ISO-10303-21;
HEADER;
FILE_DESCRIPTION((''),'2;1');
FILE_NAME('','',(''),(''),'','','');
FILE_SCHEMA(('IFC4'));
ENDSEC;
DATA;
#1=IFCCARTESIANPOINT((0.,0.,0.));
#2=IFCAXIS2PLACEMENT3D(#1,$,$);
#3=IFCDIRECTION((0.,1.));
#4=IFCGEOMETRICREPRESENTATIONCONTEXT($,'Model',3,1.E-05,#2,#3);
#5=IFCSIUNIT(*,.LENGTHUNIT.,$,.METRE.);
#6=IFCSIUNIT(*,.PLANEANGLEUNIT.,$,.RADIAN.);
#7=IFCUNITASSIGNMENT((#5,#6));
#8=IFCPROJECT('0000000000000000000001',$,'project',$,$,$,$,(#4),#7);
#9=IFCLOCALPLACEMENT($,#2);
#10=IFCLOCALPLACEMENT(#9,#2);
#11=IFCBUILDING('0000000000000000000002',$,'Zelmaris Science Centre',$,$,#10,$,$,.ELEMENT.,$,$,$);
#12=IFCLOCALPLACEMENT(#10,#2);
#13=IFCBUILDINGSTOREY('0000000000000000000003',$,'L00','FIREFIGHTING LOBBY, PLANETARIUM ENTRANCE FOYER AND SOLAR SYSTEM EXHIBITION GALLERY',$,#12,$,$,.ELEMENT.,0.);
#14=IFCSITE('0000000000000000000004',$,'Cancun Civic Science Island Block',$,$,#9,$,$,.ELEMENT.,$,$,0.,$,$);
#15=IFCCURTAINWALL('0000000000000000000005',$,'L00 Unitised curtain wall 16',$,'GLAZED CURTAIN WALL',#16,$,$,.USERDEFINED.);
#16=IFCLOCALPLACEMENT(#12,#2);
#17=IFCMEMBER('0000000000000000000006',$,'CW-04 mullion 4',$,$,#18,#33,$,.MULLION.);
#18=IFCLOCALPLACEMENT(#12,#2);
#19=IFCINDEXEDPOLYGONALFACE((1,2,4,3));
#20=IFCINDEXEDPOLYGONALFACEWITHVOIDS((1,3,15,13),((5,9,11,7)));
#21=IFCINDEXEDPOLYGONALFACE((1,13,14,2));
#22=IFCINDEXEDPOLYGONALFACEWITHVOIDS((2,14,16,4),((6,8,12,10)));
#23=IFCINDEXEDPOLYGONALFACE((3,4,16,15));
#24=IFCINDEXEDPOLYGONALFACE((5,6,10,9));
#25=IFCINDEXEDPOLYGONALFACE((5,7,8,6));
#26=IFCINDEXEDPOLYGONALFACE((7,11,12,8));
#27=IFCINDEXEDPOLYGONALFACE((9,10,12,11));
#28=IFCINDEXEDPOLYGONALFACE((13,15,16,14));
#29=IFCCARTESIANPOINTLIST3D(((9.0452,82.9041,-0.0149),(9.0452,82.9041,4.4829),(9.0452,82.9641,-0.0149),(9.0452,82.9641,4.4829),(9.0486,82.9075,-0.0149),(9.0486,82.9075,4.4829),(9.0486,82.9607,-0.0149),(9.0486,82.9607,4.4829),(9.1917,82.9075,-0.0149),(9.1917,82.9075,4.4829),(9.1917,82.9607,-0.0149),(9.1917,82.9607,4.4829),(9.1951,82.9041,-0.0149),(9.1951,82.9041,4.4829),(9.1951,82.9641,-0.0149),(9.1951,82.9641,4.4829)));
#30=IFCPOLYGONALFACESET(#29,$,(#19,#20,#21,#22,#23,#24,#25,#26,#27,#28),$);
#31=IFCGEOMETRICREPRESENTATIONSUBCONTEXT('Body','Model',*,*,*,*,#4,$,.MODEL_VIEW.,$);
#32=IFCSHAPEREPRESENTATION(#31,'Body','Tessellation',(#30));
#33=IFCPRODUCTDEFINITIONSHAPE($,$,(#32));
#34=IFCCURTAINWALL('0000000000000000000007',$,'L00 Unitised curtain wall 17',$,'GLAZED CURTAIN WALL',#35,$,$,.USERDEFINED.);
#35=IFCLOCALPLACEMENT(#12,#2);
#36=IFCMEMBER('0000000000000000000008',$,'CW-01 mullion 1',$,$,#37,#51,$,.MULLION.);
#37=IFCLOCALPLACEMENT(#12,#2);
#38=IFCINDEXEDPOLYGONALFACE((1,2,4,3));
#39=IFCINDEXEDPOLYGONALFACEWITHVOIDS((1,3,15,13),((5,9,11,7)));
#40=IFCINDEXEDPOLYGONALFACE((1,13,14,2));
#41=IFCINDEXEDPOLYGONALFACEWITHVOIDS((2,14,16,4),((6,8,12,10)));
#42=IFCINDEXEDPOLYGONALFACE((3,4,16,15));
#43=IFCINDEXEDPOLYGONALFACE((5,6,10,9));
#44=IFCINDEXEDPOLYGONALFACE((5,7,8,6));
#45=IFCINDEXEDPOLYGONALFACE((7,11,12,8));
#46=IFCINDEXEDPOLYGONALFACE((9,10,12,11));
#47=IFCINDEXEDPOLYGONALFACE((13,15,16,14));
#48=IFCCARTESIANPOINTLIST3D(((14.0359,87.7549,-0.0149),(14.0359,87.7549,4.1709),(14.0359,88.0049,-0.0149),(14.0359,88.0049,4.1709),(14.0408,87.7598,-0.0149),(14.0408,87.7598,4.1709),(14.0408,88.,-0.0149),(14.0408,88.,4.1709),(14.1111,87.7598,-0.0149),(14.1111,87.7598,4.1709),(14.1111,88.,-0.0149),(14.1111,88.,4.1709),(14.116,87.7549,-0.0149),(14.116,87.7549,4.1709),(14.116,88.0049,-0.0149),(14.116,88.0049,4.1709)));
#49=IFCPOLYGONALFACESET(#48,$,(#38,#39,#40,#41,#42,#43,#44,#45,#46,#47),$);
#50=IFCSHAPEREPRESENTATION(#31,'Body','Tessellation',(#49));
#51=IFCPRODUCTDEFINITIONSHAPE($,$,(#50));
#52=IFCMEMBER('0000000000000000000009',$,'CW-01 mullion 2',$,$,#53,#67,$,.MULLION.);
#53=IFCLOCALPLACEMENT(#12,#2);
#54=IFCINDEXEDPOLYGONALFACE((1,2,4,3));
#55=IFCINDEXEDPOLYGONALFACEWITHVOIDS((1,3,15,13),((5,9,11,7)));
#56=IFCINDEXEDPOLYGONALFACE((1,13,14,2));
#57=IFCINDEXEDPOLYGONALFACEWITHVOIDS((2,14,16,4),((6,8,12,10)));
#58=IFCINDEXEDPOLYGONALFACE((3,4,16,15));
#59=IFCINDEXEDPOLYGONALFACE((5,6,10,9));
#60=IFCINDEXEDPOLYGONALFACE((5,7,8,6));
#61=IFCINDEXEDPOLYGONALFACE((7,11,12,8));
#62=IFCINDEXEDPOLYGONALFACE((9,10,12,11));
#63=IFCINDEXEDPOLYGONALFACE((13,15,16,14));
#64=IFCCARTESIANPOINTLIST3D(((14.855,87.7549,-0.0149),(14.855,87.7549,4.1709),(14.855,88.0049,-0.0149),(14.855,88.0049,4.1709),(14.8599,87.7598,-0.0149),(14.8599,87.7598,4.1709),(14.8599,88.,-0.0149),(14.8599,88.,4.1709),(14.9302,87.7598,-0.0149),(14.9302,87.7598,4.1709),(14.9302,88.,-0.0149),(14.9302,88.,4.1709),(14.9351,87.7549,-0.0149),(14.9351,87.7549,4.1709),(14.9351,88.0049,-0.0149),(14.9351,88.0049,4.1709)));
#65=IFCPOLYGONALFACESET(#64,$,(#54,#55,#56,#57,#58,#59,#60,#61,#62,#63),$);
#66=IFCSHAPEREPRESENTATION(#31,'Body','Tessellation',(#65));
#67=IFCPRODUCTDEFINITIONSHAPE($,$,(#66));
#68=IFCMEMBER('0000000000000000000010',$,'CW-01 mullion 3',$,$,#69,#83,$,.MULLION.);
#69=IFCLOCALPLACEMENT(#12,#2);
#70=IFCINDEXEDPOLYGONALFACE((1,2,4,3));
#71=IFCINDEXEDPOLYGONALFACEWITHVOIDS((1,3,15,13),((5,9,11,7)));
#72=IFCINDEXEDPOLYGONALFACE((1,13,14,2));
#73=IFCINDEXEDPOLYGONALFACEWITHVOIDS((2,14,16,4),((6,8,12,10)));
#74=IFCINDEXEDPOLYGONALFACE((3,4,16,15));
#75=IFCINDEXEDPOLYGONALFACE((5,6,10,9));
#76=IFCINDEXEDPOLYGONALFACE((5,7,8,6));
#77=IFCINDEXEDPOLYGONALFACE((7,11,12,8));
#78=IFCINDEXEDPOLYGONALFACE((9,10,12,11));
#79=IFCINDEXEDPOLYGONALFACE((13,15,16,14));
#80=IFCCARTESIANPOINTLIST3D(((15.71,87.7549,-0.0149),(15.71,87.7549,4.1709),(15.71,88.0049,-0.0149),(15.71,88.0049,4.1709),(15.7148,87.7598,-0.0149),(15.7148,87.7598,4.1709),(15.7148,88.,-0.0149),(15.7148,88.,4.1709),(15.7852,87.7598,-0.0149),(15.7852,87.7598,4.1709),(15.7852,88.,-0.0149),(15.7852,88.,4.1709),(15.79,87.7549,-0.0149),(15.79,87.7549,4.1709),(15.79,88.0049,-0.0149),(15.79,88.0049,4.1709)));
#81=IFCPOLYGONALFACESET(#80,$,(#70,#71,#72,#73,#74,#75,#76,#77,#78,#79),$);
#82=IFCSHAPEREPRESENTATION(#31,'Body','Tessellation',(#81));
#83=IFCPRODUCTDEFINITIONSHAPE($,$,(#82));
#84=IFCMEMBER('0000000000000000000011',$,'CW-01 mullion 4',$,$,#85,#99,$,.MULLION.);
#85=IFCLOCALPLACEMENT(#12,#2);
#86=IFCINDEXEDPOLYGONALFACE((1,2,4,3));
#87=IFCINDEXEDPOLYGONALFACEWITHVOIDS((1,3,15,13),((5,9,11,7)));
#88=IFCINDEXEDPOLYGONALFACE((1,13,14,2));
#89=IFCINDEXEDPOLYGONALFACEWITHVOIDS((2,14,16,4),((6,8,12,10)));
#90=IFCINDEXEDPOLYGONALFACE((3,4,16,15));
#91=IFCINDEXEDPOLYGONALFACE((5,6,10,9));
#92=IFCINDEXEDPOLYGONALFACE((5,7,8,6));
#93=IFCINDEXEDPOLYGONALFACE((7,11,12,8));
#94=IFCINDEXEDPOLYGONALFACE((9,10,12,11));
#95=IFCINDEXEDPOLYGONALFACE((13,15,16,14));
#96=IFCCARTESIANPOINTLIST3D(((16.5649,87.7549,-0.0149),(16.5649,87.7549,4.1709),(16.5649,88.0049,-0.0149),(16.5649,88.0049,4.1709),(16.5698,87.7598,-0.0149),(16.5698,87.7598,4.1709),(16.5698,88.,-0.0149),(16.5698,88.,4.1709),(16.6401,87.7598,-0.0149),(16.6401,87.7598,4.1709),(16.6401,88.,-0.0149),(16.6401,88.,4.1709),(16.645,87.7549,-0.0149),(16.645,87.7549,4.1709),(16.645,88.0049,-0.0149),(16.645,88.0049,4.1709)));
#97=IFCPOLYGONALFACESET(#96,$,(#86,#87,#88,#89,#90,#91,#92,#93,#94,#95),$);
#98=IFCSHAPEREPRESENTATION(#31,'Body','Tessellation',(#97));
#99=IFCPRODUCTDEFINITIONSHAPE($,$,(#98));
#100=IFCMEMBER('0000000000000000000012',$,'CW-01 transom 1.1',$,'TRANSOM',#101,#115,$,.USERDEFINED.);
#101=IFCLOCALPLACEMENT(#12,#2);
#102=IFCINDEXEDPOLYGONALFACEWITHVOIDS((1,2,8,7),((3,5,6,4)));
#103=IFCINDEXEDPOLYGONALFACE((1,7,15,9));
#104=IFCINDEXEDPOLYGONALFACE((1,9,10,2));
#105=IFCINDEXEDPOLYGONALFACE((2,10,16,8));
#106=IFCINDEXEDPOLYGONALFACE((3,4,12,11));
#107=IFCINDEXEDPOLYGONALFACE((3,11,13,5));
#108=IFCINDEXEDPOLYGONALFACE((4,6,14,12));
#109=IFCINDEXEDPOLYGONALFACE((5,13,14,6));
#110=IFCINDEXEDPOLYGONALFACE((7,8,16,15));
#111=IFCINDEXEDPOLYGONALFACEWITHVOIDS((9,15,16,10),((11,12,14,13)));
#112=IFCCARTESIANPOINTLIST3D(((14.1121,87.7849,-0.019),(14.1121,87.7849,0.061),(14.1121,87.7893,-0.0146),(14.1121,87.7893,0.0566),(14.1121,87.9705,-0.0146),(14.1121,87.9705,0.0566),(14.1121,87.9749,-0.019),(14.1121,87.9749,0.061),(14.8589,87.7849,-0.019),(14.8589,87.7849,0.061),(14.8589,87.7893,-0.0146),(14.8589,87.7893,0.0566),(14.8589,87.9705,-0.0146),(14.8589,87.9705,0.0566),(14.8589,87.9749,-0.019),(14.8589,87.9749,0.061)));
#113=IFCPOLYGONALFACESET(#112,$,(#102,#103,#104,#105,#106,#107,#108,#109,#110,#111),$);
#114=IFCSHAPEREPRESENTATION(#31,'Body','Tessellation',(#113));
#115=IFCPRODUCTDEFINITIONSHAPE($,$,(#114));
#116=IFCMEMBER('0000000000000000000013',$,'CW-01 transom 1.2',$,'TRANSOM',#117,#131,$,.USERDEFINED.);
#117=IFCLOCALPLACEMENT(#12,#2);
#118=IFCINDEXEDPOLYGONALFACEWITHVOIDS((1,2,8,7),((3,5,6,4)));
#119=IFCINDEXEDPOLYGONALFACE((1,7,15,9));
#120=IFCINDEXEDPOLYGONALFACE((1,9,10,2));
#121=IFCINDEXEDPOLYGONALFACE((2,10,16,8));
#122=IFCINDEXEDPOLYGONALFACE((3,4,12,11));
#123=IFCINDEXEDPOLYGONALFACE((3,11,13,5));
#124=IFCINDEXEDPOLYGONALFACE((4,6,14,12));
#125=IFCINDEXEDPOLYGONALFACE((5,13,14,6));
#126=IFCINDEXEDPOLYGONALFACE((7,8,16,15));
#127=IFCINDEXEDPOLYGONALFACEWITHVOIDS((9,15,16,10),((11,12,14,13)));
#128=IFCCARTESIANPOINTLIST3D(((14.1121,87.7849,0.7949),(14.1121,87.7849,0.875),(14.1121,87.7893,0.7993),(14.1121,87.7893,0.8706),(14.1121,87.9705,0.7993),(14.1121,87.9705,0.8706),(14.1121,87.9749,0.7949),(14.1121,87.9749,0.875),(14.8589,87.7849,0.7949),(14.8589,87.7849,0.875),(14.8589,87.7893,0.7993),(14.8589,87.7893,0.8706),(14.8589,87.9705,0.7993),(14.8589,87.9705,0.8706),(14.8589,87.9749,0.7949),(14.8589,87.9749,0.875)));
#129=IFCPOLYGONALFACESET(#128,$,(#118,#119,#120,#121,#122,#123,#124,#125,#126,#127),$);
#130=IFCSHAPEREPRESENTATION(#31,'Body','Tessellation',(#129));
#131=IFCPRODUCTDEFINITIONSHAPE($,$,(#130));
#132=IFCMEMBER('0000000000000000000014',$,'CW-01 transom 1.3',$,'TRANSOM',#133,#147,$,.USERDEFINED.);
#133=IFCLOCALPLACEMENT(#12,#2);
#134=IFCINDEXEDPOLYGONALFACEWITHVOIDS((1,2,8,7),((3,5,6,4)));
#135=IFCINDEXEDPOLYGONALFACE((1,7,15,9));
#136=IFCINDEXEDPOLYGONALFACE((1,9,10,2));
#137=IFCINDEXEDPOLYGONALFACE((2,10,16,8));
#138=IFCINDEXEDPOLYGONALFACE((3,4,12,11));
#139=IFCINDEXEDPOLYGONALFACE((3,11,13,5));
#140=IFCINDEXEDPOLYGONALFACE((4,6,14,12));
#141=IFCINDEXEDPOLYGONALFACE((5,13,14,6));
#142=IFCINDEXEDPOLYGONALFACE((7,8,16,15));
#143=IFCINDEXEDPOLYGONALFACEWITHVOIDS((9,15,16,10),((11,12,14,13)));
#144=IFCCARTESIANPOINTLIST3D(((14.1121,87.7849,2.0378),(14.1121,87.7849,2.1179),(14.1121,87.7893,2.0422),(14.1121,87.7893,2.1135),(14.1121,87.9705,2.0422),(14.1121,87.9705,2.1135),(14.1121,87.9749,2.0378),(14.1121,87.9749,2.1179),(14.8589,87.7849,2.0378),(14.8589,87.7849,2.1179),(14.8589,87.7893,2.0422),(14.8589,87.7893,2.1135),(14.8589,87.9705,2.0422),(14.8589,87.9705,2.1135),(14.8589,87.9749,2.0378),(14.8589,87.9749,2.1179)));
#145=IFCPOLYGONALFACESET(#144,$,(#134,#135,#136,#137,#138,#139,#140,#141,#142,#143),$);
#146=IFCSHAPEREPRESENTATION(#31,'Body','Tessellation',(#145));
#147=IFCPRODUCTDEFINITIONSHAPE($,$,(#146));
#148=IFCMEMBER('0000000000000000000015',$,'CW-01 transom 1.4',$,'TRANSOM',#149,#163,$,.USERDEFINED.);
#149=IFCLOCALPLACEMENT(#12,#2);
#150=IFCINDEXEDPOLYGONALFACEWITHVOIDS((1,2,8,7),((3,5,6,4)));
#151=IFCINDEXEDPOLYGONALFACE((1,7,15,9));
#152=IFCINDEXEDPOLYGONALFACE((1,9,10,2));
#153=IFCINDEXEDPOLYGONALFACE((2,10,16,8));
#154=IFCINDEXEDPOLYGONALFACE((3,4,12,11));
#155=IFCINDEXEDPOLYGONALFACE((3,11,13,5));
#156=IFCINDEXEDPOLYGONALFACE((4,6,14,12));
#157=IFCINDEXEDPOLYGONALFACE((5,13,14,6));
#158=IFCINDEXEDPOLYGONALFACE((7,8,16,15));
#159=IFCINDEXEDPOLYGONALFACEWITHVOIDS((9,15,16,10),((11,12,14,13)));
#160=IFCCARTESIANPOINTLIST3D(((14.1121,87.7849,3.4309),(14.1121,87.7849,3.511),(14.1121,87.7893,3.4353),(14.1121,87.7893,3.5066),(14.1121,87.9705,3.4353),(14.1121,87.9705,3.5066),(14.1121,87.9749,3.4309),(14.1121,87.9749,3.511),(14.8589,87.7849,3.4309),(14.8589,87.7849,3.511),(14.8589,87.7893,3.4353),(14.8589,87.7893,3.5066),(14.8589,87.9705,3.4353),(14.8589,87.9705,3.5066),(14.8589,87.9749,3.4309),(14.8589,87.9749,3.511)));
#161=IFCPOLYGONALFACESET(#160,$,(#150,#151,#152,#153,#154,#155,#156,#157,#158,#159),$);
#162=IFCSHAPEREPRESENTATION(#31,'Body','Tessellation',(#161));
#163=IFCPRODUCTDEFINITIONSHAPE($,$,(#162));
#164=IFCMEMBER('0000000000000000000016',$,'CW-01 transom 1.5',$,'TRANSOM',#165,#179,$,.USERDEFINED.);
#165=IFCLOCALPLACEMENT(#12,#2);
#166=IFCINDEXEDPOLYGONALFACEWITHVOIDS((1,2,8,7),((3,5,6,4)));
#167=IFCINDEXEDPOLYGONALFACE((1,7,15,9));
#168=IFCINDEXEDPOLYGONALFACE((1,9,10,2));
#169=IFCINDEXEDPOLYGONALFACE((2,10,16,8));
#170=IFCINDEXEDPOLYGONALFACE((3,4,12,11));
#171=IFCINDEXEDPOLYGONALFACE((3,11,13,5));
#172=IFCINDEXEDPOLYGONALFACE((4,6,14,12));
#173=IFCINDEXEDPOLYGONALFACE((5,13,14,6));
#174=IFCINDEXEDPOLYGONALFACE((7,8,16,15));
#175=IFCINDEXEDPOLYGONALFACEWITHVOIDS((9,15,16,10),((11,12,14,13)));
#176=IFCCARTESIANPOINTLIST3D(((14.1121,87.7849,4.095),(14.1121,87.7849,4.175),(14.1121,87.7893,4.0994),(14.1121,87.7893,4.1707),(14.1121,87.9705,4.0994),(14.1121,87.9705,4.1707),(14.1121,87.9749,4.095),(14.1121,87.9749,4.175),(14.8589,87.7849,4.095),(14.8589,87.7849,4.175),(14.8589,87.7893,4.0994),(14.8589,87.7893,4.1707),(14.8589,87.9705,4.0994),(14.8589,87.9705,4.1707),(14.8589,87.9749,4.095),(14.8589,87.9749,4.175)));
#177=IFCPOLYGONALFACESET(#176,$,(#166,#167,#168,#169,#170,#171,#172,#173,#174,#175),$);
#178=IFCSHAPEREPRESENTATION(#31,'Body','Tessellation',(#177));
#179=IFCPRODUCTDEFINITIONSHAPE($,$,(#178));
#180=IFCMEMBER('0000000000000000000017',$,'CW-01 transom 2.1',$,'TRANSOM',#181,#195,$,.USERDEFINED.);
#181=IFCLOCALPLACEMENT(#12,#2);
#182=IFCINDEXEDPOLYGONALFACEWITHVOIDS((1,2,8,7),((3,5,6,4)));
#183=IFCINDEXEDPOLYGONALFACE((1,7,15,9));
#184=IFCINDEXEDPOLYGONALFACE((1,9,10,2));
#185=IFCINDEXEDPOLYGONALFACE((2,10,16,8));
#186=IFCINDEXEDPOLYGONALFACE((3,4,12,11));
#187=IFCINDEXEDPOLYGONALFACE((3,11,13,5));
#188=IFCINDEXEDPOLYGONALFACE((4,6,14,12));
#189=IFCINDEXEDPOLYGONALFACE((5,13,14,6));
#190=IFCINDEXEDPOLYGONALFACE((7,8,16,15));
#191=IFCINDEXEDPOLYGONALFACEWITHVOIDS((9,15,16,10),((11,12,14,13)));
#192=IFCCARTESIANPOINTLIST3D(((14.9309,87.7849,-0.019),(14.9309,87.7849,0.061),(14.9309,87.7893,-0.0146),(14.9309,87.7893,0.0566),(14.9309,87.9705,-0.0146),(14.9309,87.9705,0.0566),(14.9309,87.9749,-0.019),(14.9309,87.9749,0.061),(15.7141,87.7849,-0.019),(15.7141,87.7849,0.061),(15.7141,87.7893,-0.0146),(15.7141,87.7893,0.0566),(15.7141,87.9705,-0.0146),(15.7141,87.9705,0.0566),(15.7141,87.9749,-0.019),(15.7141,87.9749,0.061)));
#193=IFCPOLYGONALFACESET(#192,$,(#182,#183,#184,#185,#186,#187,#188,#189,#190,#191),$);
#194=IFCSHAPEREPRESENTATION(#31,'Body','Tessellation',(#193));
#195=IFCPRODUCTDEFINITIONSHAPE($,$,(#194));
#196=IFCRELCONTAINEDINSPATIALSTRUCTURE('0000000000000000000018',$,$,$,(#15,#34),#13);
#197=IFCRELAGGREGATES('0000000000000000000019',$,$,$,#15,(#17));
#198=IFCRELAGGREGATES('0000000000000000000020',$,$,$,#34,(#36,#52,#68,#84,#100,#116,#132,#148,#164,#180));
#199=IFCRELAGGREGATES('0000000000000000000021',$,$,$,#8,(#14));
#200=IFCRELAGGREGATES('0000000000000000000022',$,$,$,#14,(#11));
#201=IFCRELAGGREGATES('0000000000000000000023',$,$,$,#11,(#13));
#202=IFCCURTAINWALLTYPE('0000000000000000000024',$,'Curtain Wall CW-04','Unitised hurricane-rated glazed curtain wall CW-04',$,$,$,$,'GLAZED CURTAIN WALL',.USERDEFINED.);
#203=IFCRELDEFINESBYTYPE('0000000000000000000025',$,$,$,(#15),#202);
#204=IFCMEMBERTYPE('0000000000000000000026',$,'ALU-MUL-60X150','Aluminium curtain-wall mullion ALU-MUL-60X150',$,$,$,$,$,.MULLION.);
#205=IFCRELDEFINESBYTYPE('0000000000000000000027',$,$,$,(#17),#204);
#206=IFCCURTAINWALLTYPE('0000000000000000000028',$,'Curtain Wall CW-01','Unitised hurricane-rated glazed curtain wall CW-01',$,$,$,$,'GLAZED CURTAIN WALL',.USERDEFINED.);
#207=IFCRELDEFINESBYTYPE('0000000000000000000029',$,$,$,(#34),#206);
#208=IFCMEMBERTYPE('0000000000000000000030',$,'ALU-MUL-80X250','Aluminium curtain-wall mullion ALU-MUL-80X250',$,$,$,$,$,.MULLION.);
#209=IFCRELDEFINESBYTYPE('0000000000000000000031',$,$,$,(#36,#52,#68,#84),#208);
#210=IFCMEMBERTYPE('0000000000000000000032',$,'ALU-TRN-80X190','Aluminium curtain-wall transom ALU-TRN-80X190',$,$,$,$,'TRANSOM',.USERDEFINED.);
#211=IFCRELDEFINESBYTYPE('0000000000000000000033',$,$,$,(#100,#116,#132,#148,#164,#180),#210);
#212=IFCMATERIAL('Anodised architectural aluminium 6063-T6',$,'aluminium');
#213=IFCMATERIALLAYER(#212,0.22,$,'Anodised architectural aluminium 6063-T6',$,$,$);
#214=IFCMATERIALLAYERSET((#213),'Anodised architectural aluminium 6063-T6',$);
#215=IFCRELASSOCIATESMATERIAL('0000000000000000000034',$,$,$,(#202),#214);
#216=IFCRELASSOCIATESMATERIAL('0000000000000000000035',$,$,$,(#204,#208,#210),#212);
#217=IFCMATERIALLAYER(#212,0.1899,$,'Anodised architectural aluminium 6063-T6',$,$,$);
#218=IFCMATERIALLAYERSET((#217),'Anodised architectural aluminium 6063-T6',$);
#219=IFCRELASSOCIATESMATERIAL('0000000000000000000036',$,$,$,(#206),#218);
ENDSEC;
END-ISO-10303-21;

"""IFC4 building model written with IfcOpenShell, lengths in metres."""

from ifc_helpers import new_model, si_unit, direction, frame, origin, origin_2d, place, context, subcontext, project, spatial, hollow_rectangle, extrude, material, layer, layer_set, material_profile, profile_set, type_object, element, aggregate, save


model = new_model("IFC4")

# Units and contexts
model_context = context("Model", 3, precision=1e-05, world=origin(), true_north=direction((0.0, 1.0)))
body_context = subcontext(model_context, "Body", "Model", "MODEL_VIEW")
ifc_project = project(units=[si_unit("LENGTHUNIT", "METRE"), si_unit("PLANEANGLEUNIT", "RADIAN")], contexts=[model_context])

# Site, building, storey
site_placement = place(None, origin())
site = spatial("IfcSite", under=ifc_project, at=site_placement, Name="Cancun Civic Science Island Block", CompositionType="ELEMENT", RefElevation=0.0)
building_placement = place(site_placement, origin())
building = spatial("IfcBuilding", under=site, at=building_placement, Name="Zelmaris Science Centre", CompositionType="ELEMENT")
storey_placement = place(building_placement, origin())
storey = spatial("IfcBuildingStorey", under=building, at=storey_placement, Name="L00", Description="FIREFIGHTING LOBBY, PLANETARIUM ENTRANCE FOYER AND SOLAR SYSTEM EXHIBITION GALLERY", CompositionType="ELEMENT", Elevation=0.0)

# Curtain wall, member
ifc_material_1 = material(Name="Anodised architectural aluminium 6063-T6", Category="aluminium")
ifc_layer_1 = layer(ifc_material_1, 0.22, Name="Anodised architectural aluminium 6063-T6")
ifc_layer_set_1 = layer_set([ifc_layer_1], Name="Anodised architectural aluminium 6063-T6")
curtain_wall_type_1 = type_object("IfcCurtainWallType", Name="Curtain Wall CW-04", Description="Unitised hurricane-rated glazed curtain wall CW-04", ElementType="GLAZED CURTAIN WALL", PredefinedType="USERDEFINED", material=ifc_layer_set_1)
curtain_wall_1_placement = place(storey_placement, origin())
curtain_wall_1 = element("IfcCurtainWall", 1, at=curtain_wall_1_placement, inside=storey, type_object=curtain_wall_type_1, Name="L00 Unitised curtain wall 16", ObjectType="GLAZED CURTAIN WALL", PredefinedType="USERDEFINED")
ifc_material_profile_1 = material_profile(ifc_material_1, hollow_rectangle(XDim=0.0601, YDim=0.1499, WallThickness=0.0034, at=origin_2d()), Name="ALU-MUL-60X150")
ifc_profile_set_1 = profile_set([ifc_material_profile_1], Name="Anodised architectural aluminium 6063-T6")
member_type_1 = type_object("IfcMemberType", Name="ALU-MUL-60X150", Description="Aluminium curtain-wall mullion ALU-MUL-60X150", PredefinedType="MULLION", material=ifc_profile_set_1)
member_1_placement = place(storey_placement, frame((9.1201, 82.9341, -0.0149), z_axis=(0.0, 0.0, 1.0), x_axis=(0.0, 1.0, 0.0)))
member_1 = element("IfcMember", 2, at=member_1_placement, type_object=member_type_1, Name="CW-04 mullion 4", PredefinedType="MULLION", context=body_context, shape_type="SweptSolid", body=[
    extrude(hollow_rectangle(XDim=0.0601, YDim=0.1499, WallThickness=0.0034, at=origin_2d()), origin(), (0.0, 0.0, 1.0), 4.4978),
])
aggregate(curtain_wall_1, [member_1])

# Curtain wall, members
ifc_layer_2 = layer(ifc_material_1, 0.1899, Name="Anodised architectural aluminium 6063-T6")
ifc_layer_set_2 = layer_set([ifc_layer_2], Name="Anodised architectural aluminium 6063-T6")
curtain_wall_type_2 = type_object("IfcCurtainWallType", Name="Curtain Wall CW-01", Description="Unitised hurricane-rated glazed curtain wall CW-01", ElementType="GLAZED CURTAIN WALL", PredefinedType="USERDEFINED", material=ifc_layer_set_2)
curtain_wall_2_placement = place(storey_placement, origin())
curtain_wall_2 = element("IfcCurtainWall", 3, at=curtain_wall_2_placement, inside=storey, type_object=curtain_wall_type_2, Name="L00 Unitised curtain wall 17", ObjectType="GLAZED CURTAIN WALL", PredefinedType="USERDEFINED")
ifc_material_profile_2 = material_profile(ifc_material_1, hollow_rectangle(XDim=0.0801, YDim=0.25, WallThickness=0.0049, at=origin_2d()), Name="ALU-MUL-80X250")
ifc_profile_set_2 = profile_set([ifc_material_profile_2], Name="Anodised architectural aluminium 6063-T6")
member_type_2 = type_object("IfcMemberType", Name="ALU-MUL-80X250", Description="Aluminium curtain-wall mullion ALU-MUL-80X250", PredefinedType="MULLION", material=ifc_profile_set_2)
member_2_placement = place(storey_placement, frame((14.0759, 87.8799, -0.0149), z_axis=(0.0, 0.0, 1.0), x_axis=(1.0, 0.0, 0.0)))
member_2 = element("IfcMember", 4, at=member_2_placement, type_object=member_type_2, Name="CW-01 mullion 1", PredefinedType="MULLION", context=body_context, shape_type="SweptSolid", body=[
    extrude(hollow_rectangle(XDim=0.0801, YDim=0.25, WallThickness=0.0049, at=origin_2d()), origin(), (0.0, 0.0, 1.0), 4.1858),
])
member_3_placement = place(storey_placement, frame((14.895, 87.8799, -0.0149), z_axis=(0.0, 0.0, 1.0), x_axis=(1.0, 0.0, 0.0)))
member_3 = element("IfcMember", 5, at=member_3_placement, type_object=member_type_2, Name="CW-01 mullion 2", PredefinedType="MULLION", context=body_context, shape_type="SweptSolid", body=[
    extrude(hollow_rectangle(XDim=0.0801, YDim=0.25, WallThickness=0.0049, at=origin_2d()), origin(), (0.0, 0.0, 1.0), 4.1858),
])
member_4_placement = place(storey_placement, frame((15.75, 87.8799, -0.0149), z_axis=(0.0, 0.0, 1.0), x_axis=(1.0, 0.0, 0.0)))
member_4 = element("IfcMember", 6, at=member_4_placement, type_object=member_type_2, Name="CW-01 mullion 3", PredefinedType="MULLION", context=body_context, shape_type="SweptSolid", body=[
    extrude(hollow_rectangle(XDim=0.0801, YDim=0.25, WallThickness=0.0049, at=origin_2d()), origin(), (0.0, 0.0, 1.0), 4.1858),
])
member_5_placement = place(storey_placement, frame((16.605, 87.8799, -0.0149), z_axis=(0.0, 0.0, 1.0), x_axis=(1.0, 0.0, 0.0)))
member_5 = element("IfcMember", 7, at=member_5_placement, type_object=member_type_2, Name="CW-01 mullion 4", PredefinedType="MULLION", context=body_context, shape_type="SweptSolid", body=[
    extrude(hollow_rectangle(XDim=0.0801, YDim=0.25, WallThickness=0.0049, at=origin_2d()), origin(), (0.0, 0.0, 1.0), 4.1858),
])
ifc_material_profile_3 = material_profile(ifc_material_1, hollow_rectangle(XDim=0.0801, YDim=0.1899, WallThickness=0.0044, at=origin_2d()), Name="ALU-TRN-80X190")
ifc_profile_set_3 = profile_set([ifc_material_profile_3], Name="Anodised architectural aluminium 6063-T6")
member_type_3 = type_object("IfcMemberType", Name="ALU-TRN-80X190", Description="Aluminium curtain-wall transom ALU-TRN-80X190", ElementType="TRANSOM", PredefinedType="USERDEFINED", material=ifc_profile_set_3)
member_6_placement = place(storey_placement, frame((14.1121, 87.8799, 0.021), z_axis=(1.0, 0.0, 0.0), x_axis=(0.0, 0.0, 1.0)))
member_6 = element("IfcMember", 8, at=member_6_placement, type_object=member_type_3, Name="CW-01 transom 1.1", ObjectType="TRANSOM", PredefinedType="USERDEFINED", context=body_context, shape_type="SweptSolid", body=[
    extrude(hollow_rectangle(XDim=0.0801, YDim=0.1899, WallThickness=0.0044, at=origin_2d()), origin(), (0.0, 0.0, 1.0), 0.7468),
])
member_7_placement = place(storey_placement, frame((14.1121, 87.8799, 0.835), z_axis=(1.0, 0.0, 0.0), x_axis=(0.0, 0.0, 1.0)))
member_7 = element("IfcMember", 9, at=member_7_placement, type_object=member_type_3, Name="CW-01 transom 1.2", ObjectType="TRANSOM", PredefinedType="USERDEFINED", context=body_context, shape_type="SweptSolid", body=[
    extrude(hollow_rectangle(XDim=0.0801, YDim=0.1899, WallThickness=0.0044, at=origin_2d()), origin(), (0.0, 0.0, 1.0), 0.7468),
])
member_8_placement = place(storey_placement, frame((14.1121, 87.8799, 2.0779), z_axis=(1.0, 0.0, 0.0), x_axis=(0.0, 0.0, 1.0)))
member_8 = element("IfcMember", 10, at=member_8_placement, type_object=member_type_3, Name="CW-01 transom 1.3", ObjectType="TRANSOM", PredefinedType="USERDEFINED", context=body_context, shape_type="SweptSolid", body=[
    extrude(hollow_rectangle(XDim=0.0801, YDim=0.1899, WallThickness=0.0044, at=origin_2d()), origin(), (0.0, 0.0, 1.0), 0.7468),
])
member_9_placement = place(storey_placement, frame((14.1121, 87.8799, 3.4709), z_axis=(1.0, 0.0, 0.0), x_axis=(0.0, 0.0, 1.0)))
member_9 = element("IfcMember", 11, at=member_9_placement, type_object=member_type_3, Name="CW-01 transom 1.4", ObjectType="TRANSOM", PredefinedType="USERDEFINED", context=body_context, shape_type="SweptSolid", body=[
    extrude(hollow_rectangle(XDim=0.0801, YDim=0.1899, WallThickness=0.0044, at=origin_2d()), origin(), (0.0, 0.0, 1.0), 0.7468),
])
member_10_placement = place(storey_placement, frame((14.1121, 87.8799, 4.135), z_axis=(1.0, 0.0, 0.0), x_axis=(0.0, 0.0, 1.0)))
member_10 = element("IfcMember", 12, at=member_10_placement, type_object=member_type_3, Name="CW-01 transom 1.5", ObjectType="TRANSOM", PredefinedType="USERDEFINED", context=body_context, shape_type="SweptSolid", body=[
    extrude(hollow_rectangle(XDim=0.0801, YDim=0.1899, WallThickness=0.0044, at=origin_2d()), origin(), (0.0, 0.0, 1.0), 0.7468),
])
member_11_placement = place(storey_placement, frame((14.9309, 87.8799, 0.021), z_axis=(1.0, 0.0, 0.0), x_axis=(0.0, 0.0, 1.0)))
member_11 = element("IfcMember", 13, at=member_11_placement, type_object=member_type_3, Name="CW-01 transom 2.1", ObjectType="TRANSOM", PredefinedType="USERDEFINED", context=body_context, shape_type="SweptSolid", body=[
    extrude(hollow_rectangle(XDim=0.0801, YDim=0.1899, WallThickness=0.0044, at=origin_2d()), origin(), (0.0, 0.0, 1.0), 0.7832),
])
aggregate(curtain_wall_2, [member_2, member_3, member_4, member_5, member_6, member_7, member_8, member_9, member_10, member_11])

save(model, "model.ifc")
